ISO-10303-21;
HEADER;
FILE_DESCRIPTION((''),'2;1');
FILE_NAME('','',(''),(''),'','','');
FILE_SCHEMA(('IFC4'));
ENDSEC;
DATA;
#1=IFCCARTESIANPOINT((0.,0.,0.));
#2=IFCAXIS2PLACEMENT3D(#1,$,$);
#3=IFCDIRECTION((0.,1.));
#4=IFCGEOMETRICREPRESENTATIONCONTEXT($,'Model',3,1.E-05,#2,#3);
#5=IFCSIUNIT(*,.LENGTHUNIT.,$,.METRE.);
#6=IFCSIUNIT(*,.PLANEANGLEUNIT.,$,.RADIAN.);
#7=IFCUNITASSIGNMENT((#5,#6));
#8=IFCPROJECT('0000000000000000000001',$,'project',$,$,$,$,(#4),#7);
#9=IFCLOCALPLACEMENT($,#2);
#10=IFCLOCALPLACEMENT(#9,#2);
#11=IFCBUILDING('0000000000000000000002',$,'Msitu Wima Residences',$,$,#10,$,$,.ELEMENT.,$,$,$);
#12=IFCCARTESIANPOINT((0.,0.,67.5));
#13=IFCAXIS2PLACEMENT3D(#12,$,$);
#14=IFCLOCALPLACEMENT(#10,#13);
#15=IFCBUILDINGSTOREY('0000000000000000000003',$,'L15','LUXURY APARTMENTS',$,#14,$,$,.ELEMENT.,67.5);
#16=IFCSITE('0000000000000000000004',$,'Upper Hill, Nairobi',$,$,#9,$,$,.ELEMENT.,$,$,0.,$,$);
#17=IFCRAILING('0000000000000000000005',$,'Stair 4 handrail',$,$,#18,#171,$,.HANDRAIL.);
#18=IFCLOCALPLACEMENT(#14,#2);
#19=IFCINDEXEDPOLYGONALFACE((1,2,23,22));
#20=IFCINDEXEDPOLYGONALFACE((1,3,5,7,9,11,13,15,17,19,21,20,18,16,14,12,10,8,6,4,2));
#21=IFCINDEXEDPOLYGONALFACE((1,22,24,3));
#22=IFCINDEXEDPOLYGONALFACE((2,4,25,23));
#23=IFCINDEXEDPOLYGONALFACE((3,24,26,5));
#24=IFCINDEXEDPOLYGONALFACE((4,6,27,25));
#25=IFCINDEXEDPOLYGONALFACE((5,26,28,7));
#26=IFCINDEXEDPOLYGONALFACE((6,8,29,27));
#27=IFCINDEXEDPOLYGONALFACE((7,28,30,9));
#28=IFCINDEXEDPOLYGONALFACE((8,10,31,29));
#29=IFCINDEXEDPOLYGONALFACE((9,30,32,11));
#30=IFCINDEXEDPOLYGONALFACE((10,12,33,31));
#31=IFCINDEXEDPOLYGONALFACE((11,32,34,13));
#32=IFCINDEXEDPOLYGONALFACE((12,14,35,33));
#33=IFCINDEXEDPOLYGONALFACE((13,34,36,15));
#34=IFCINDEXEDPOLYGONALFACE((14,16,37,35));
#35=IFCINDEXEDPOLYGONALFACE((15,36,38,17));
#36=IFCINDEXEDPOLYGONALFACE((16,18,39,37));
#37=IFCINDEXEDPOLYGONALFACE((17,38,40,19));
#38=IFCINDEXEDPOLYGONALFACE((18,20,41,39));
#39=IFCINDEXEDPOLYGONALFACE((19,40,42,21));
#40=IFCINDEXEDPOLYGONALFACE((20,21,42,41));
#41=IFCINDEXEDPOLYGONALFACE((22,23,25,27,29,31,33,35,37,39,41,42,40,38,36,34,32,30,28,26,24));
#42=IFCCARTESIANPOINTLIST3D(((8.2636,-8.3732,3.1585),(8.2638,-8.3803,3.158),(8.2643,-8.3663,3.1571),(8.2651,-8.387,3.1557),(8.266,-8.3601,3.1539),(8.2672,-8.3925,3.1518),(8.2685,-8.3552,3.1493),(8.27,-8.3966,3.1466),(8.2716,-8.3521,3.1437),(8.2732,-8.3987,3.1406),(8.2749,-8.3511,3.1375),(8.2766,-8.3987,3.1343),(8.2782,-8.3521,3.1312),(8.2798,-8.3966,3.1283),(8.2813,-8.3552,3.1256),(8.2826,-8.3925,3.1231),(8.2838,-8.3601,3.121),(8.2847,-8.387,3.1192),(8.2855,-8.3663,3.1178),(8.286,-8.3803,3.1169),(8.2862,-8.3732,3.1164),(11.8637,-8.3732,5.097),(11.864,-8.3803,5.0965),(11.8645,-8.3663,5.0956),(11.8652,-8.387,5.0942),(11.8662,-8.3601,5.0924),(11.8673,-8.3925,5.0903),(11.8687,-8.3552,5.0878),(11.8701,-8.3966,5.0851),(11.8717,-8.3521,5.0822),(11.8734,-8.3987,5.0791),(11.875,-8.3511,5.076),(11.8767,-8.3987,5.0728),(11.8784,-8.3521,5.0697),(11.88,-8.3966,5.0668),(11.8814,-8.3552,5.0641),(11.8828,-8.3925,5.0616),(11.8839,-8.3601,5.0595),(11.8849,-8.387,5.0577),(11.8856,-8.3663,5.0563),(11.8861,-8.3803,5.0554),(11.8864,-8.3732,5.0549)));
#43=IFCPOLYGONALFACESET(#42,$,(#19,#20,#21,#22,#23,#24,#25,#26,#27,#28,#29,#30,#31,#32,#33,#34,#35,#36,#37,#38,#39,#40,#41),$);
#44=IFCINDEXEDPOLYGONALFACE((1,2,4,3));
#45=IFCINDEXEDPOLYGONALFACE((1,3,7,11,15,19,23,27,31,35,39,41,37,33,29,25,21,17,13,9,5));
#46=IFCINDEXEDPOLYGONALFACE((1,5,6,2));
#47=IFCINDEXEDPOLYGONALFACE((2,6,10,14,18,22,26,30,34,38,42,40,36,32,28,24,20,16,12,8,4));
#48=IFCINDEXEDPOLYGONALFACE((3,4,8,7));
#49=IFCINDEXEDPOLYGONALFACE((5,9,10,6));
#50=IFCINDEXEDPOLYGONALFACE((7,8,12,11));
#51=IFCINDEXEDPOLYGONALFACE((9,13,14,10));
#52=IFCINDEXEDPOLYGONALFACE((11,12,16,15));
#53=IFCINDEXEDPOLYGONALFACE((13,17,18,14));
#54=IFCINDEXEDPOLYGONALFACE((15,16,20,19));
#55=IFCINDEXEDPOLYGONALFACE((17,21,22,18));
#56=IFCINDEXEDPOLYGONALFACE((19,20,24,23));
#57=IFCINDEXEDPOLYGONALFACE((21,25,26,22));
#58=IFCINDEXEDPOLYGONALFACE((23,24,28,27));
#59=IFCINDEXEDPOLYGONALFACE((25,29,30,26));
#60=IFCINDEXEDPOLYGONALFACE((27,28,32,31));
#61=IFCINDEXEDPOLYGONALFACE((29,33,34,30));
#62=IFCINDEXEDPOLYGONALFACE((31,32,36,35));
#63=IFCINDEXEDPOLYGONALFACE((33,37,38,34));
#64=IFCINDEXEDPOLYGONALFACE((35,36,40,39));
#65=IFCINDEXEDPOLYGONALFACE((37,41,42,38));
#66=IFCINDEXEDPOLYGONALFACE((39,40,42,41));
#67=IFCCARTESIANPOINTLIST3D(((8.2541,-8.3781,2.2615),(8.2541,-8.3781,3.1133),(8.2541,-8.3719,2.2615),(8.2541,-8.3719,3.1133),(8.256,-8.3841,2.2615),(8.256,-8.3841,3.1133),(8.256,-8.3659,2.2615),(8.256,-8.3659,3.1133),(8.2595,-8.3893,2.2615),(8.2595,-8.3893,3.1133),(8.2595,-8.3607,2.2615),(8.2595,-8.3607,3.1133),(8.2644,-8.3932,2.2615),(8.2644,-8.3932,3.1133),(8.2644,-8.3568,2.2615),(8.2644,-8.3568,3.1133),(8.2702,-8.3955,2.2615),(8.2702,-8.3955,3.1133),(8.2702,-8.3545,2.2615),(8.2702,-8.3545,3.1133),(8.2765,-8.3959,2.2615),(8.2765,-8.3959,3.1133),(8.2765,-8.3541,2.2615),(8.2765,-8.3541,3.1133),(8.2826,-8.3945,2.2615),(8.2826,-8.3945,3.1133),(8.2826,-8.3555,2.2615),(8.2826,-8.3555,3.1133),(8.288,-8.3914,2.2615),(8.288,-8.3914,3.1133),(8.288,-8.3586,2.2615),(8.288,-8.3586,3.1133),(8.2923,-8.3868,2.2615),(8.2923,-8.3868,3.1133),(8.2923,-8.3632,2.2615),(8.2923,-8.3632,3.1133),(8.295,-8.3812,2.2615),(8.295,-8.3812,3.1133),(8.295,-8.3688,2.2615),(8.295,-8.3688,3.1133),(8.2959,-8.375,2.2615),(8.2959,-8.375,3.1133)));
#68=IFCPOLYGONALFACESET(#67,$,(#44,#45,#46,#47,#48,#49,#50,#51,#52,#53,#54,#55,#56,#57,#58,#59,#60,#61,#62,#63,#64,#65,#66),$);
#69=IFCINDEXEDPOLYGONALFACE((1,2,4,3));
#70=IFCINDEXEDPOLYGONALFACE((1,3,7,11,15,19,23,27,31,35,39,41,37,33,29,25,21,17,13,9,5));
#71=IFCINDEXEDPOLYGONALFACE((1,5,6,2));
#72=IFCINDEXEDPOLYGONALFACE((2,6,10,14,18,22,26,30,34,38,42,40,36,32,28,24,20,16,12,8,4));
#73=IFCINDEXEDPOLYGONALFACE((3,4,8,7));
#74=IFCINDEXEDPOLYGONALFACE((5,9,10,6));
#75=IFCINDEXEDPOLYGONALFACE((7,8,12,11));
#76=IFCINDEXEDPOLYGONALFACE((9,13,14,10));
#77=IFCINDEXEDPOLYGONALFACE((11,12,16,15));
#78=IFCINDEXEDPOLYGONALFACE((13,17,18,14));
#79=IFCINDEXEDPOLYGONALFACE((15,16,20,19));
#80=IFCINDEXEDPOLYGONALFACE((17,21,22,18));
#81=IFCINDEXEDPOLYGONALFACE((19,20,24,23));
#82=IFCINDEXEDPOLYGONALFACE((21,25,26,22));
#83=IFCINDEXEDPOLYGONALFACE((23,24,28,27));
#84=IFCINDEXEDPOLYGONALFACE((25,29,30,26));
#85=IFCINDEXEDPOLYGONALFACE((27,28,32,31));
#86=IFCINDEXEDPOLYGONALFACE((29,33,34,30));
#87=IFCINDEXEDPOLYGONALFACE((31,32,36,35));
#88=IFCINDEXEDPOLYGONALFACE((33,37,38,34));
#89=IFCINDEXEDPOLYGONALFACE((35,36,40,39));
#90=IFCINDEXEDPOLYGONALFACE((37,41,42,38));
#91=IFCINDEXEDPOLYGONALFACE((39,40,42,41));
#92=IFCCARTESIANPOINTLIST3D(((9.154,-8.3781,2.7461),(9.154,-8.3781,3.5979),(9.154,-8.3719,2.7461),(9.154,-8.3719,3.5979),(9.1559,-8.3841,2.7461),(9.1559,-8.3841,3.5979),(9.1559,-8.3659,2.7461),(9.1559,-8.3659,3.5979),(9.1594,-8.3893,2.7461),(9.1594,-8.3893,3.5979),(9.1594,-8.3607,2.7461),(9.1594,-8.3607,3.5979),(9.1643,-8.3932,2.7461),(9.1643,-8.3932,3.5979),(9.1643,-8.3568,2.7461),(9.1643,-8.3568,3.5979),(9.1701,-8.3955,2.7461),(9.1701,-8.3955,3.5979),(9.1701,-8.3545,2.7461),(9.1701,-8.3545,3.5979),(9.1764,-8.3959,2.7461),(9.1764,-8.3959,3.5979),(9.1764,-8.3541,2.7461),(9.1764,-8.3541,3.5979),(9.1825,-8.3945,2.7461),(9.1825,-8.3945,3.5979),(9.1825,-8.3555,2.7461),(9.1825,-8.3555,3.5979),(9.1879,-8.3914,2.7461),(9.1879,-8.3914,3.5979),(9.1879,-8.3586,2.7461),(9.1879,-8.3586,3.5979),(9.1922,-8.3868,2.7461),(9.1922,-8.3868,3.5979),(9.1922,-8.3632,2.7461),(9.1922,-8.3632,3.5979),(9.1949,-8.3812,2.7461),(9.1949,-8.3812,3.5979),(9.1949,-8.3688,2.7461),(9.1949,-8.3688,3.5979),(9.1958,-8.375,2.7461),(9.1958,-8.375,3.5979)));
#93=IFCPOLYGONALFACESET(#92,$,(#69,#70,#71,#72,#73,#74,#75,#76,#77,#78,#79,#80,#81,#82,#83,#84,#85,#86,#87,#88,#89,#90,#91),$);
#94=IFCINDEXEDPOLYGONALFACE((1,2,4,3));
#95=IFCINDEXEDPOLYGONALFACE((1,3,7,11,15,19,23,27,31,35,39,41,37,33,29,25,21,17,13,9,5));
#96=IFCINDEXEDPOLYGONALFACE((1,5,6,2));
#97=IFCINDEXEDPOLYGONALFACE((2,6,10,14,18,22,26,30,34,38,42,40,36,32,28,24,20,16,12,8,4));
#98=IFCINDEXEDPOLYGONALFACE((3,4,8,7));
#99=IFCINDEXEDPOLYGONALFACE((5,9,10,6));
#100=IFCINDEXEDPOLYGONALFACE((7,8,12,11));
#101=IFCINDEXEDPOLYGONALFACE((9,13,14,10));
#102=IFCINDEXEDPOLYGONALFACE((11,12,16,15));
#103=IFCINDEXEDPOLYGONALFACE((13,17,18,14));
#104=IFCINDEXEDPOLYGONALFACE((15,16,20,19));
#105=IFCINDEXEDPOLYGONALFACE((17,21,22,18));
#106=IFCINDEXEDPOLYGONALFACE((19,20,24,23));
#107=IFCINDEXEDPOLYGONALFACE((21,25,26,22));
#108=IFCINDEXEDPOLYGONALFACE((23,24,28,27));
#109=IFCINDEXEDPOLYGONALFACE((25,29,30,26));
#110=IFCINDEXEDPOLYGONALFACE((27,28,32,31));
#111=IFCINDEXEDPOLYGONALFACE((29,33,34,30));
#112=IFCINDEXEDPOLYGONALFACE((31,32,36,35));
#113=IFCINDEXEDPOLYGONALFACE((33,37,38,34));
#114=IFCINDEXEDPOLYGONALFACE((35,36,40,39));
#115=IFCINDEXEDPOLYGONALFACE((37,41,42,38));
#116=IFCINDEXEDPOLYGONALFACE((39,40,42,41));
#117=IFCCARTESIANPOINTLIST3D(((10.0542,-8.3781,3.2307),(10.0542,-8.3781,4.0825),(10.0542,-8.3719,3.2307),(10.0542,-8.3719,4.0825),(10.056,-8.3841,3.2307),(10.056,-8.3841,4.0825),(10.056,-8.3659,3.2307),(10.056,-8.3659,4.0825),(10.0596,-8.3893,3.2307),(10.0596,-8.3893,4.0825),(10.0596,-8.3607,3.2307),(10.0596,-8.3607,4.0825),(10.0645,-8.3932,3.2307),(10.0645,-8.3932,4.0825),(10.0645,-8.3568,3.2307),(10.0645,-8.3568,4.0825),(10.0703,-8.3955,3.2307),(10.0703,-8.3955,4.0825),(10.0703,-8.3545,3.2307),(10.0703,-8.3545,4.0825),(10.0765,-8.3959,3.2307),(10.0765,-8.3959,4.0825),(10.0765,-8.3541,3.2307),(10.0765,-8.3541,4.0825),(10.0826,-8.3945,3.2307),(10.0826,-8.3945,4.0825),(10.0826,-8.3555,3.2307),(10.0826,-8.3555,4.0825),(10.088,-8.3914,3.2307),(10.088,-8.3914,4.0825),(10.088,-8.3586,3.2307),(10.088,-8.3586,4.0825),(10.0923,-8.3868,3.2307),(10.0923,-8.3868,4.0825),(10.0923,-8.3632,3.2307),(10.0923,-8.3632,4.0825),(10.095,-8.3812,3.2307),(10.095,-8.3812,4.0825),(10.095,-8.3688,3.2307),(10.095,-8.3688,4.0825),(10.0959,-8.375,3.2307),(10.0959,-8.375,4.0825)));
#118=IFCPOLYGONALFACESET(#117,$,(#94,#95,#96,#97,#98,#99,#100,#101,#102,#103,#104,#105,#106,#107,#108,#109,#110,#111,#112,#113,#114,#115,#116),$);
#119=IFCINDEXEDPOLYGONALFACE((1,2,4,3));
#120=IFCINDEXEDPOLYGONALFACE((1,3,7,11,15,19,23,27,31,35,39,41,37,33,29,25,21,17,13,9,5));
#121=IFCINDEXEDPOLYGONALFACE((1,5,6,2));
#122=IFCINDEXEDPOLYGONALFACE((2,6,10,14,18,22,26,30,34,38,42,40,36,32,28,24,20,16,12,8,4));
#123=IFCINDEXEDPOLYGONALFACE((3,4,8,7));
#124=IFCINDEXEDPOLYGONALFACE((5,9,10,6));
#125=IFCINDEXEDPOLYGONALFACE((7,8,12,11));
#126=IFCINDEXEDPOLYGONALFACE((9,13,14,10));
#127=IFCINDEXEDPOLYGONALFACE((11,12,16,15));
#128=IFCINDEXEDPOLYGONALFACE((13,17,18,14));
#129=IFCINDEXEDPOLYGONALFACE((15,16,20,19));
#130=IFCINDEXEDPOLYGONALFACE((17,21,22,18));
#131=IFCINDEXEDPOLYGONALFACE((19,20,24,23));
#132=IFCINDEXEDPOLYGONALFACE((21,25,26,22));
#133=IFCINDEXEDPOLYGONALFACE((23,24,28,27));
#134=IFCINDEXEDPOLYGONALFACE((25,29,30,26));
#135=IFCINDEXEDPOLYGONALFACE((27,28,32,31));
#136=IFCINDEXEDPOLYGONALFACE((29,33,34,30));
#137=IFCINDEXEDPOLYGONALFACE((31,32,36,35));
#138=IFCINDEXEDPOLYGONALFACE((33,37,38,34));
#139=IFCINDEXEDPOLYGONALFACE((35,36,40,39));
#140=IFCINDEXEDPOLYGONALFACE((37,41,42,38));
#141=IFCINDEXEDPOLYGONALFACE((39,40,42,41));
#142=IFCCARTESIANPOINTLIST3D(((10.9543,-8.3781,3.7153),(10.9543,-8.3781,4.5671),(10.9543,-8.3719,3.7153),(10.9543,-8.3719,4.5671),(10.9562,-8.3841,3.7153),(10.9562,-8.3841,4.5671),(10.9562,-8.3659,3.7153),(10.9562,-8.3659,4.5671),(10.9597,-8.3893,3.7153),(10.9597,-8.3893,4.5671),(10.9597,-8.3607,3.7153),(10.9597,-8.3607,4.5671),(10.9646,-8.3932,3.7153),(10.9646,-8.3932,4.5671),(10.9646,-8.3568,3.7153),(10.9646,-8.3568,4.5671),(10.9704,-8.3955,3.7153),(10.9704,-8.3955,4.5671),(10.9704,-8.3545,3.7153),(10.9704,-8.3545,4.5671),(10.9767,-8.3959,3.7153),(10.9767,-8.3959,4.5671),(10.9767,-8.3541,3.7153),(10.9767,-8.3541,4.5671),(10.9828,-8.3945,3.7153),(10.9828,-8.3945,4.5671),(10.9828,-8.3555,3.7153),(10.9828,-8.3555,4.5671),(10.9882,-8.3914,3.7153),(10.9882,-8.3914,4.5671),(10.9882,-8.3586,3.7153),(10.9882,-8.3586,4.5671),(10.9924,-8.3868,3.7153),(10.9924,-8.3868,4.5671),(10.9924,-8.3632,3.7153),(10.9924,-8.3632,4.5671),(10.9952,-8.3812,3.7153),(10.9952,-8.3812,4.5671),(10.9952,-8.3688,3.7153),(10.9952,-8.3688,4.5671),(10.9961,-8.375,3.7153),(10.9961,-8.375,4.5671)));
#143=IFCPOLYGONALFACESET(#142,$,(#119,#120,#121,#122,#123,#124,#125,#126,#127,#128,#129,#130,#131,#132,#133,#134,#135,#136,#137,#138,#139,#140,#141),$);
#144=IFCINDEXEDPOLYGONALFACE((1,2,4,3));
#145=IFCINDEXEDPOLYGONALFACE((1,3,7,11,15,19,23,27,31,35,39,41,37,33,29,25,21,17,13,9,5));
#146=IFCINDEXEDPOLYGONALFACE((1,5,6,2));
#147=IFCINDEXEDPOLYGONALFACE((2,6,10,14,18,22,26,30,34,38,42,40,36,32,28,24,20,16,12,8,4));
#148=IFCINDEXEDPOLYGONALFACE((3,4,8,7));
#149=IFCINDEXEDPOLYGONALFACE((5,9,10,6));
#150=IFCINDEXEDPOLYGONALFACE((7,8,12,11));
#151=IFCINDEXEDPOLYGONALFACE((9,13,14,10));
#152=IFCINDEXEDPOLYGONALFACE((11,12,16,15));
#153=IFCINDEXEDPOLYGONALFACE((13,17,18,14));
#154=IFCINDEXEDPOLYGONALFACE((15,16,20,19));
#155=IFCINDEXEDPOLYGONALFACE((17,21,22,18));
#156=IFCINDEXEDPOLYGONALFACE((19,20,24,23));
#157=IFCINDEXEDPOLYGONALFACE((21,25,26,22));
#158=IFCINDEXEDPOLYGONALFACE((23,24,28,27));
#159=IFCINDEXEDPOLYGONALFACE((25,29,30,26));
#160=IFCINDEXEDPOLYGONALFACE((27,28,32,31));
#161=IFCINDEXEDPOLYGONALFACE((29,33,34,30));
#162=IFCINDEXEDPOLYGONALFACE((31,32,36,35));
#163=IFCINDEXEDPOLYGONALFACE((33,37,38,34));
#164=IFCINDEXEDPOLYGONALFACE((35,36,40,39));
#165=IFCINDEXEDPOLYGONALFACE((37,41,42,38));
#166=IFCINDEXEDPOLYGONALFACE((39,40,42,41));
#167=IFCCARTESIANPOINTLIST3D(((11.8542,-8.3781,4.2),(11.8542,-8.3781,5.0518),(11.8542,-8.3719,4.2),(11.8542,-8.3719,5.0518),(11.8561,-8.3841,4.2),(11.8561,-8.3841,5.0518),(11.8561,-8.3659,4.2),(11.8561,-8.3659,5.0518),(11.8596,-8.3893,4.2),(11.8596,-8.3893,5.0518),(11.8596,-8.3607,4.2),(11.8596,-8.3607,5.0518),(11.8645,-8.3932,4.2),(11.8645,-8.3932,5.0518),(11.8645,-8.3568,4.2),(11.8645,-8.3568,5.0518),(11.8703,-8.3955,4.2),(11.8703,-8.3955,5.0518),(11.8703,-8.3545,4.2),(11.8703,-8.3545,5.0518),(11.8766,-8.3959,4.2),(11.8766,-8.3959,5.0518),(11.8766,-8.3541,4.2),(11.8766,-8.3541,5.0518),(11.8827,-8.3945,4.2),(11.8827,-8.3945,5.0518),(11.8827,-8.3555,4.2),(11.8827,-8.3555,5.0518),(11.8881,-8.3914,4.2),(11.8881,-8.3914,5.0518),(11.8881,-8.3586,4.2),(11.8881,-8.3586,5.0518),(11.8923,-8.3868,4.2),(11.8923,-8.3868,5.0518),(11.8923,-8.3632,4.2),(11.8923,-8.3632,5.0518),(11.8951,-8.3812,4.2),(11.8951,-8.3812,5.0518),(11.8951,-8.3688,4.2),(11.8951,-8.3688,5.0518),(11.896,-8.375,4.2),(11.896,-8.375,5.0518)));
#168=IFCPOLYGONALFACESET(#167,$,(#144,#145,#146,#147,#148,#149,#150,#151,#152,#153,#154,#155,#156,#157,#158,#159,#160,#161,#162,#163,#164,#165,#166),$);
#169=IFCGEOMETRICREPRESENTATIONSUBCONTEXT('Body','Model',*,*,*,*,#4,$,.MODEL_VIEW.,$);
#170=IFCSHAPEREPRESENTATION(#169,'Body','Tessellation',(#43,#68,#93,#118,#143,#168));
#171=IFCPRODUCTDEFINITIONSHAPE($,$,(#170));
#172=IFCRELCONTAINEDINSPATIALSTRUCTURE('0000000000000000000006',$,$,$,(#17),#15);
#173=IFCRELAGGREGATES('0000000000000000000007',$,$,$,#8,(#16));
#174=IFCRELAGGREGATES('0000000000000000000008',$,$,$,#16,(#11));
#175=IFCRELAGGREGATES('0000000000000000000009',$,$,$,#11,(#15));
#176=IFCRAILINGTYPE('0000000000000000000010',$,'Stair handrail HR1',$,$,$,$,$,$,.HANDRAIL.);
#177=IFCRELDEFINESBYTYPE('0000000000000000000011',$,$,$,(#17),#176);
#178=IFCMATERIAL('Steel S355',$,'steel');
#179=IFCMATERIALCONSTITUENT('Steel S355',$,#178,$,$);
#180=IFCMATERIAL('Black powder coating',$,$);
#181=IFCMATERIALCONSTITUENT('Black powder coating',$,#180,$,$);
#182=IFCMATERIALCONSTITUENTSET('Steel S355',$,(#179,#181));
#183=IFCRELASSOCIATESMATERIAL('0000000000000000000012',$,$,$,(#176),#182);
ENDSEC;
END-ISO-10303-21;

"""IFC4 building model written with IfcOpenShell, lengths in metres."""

from ifc_helpers import new_model, si_unit, direction, frame, origin, origin_2d, place, context, subcontext, project, spatial, circle, extrude, material, constituent, constituent_set, type_object, element, save


model = new_model("IFC4")

# Units and contexts
model_context = context("Model", 3, precision=1e-05, world=origin(), true_north=direction((0.0, 1.0)))
body_context = subcontext(model_context, "Body", "Model", "MODEL_VIEW")
ifc_project = project(units=[si_unit("LENGTHUNIT", "METRE"), si_unit("PLANEANGLEUNIT", "RADIAN")], contexts=[model_context])

# Site, building, storey
site_placement = place(None, origin())
site = spatial("IfcSite", under=ifc_project, at=site_placement, Name="Upper Hill, Nairobi", CompositionType="ELEMENT", RefElevation=0.0)
building_placement = place(site_placement, origin())
building = spatial("IfcBuilding", under=site, at=building_placement, Name="Msitu Wima Residences", CompositionType="ELEMENT")
storey_placement = place(building_placement, frame((0.0, 0.0, 67.5)))
storey = spatial("IfcBuildingStorey", under=building, at=storey_placement, Name="L15", Description="LUXURY APARTMENTS", CompositionType="ELEMENT", Elevation=67.5)

# Railing
ifc_material_1 = material(Name="Steel S355", Category="steel")
ifc_constituent_1 = constituent(ifc_material_1, Name="Steel S355")
ifc_material_2 = material(Name="Black powder coating")
ifc_constituent_2 = constituent(ifc_material_2, Name="Black powder coating")
ifc_constituent_set = constituent_set(constituents=[ifc_constituent_1, ifc_constituent_2], Name="Steel S355")
railing_type = type_object("IfcRailingType", Name="Stair handrail HR1", PredefinedType="HANDRAIL", material=ifc_constituent_set)
for number, where, name in (
    (1, (8.2749, -8.375, 2.2615), "Stair 4 handrail"),
):
    element("IfcRailing", number, at=place(storey_placement, frame(where)), inside=storey, type_object=railing_type, Name=name, PredefinedType="HANDRAIL", context=body_context, shape_type="SweptSolid", body=[
        extrude(circle(Radius=0.0239, at=origin_2d()), frame((0.0, 0.0, 0.876), z_axis=(0.880475, 0.0, 0.474093), x_axis=(0.0, 1.0, 0.0)), (0.0, 0.0, 1.0), 4.0889),
        extrude(circle(Radius=0.021, at=origin_2d()), origin(), (0.0, 0.0, 1.0), 0.8518),
        extrude(circle(Radius=0.021, at=origin_2d()), frame((0.8999, 0.0, 0.4846)), (0.0, 0.0, 1.0), 0.8518),
        extrude(circle(Radius=0.021, at=origin_2d()), frame((1.8, 0.0, 0.9692)), (0.0, 0.0, 1.0), 0.8518),
        extrude(circle(Radius=0.021, at=origin_2d()), frame((2.7002, 0.0, 1.4539)), (0.0, 0.0, 1.0), 0.8518),
        extrude(circle(Radius=0.021, at=origin_2d()), frame((3.6001, 0.0, 1.9385)), (0.0, 0.0, 1.0), 0.8518),
    ])

save(model, "model.ifc")
